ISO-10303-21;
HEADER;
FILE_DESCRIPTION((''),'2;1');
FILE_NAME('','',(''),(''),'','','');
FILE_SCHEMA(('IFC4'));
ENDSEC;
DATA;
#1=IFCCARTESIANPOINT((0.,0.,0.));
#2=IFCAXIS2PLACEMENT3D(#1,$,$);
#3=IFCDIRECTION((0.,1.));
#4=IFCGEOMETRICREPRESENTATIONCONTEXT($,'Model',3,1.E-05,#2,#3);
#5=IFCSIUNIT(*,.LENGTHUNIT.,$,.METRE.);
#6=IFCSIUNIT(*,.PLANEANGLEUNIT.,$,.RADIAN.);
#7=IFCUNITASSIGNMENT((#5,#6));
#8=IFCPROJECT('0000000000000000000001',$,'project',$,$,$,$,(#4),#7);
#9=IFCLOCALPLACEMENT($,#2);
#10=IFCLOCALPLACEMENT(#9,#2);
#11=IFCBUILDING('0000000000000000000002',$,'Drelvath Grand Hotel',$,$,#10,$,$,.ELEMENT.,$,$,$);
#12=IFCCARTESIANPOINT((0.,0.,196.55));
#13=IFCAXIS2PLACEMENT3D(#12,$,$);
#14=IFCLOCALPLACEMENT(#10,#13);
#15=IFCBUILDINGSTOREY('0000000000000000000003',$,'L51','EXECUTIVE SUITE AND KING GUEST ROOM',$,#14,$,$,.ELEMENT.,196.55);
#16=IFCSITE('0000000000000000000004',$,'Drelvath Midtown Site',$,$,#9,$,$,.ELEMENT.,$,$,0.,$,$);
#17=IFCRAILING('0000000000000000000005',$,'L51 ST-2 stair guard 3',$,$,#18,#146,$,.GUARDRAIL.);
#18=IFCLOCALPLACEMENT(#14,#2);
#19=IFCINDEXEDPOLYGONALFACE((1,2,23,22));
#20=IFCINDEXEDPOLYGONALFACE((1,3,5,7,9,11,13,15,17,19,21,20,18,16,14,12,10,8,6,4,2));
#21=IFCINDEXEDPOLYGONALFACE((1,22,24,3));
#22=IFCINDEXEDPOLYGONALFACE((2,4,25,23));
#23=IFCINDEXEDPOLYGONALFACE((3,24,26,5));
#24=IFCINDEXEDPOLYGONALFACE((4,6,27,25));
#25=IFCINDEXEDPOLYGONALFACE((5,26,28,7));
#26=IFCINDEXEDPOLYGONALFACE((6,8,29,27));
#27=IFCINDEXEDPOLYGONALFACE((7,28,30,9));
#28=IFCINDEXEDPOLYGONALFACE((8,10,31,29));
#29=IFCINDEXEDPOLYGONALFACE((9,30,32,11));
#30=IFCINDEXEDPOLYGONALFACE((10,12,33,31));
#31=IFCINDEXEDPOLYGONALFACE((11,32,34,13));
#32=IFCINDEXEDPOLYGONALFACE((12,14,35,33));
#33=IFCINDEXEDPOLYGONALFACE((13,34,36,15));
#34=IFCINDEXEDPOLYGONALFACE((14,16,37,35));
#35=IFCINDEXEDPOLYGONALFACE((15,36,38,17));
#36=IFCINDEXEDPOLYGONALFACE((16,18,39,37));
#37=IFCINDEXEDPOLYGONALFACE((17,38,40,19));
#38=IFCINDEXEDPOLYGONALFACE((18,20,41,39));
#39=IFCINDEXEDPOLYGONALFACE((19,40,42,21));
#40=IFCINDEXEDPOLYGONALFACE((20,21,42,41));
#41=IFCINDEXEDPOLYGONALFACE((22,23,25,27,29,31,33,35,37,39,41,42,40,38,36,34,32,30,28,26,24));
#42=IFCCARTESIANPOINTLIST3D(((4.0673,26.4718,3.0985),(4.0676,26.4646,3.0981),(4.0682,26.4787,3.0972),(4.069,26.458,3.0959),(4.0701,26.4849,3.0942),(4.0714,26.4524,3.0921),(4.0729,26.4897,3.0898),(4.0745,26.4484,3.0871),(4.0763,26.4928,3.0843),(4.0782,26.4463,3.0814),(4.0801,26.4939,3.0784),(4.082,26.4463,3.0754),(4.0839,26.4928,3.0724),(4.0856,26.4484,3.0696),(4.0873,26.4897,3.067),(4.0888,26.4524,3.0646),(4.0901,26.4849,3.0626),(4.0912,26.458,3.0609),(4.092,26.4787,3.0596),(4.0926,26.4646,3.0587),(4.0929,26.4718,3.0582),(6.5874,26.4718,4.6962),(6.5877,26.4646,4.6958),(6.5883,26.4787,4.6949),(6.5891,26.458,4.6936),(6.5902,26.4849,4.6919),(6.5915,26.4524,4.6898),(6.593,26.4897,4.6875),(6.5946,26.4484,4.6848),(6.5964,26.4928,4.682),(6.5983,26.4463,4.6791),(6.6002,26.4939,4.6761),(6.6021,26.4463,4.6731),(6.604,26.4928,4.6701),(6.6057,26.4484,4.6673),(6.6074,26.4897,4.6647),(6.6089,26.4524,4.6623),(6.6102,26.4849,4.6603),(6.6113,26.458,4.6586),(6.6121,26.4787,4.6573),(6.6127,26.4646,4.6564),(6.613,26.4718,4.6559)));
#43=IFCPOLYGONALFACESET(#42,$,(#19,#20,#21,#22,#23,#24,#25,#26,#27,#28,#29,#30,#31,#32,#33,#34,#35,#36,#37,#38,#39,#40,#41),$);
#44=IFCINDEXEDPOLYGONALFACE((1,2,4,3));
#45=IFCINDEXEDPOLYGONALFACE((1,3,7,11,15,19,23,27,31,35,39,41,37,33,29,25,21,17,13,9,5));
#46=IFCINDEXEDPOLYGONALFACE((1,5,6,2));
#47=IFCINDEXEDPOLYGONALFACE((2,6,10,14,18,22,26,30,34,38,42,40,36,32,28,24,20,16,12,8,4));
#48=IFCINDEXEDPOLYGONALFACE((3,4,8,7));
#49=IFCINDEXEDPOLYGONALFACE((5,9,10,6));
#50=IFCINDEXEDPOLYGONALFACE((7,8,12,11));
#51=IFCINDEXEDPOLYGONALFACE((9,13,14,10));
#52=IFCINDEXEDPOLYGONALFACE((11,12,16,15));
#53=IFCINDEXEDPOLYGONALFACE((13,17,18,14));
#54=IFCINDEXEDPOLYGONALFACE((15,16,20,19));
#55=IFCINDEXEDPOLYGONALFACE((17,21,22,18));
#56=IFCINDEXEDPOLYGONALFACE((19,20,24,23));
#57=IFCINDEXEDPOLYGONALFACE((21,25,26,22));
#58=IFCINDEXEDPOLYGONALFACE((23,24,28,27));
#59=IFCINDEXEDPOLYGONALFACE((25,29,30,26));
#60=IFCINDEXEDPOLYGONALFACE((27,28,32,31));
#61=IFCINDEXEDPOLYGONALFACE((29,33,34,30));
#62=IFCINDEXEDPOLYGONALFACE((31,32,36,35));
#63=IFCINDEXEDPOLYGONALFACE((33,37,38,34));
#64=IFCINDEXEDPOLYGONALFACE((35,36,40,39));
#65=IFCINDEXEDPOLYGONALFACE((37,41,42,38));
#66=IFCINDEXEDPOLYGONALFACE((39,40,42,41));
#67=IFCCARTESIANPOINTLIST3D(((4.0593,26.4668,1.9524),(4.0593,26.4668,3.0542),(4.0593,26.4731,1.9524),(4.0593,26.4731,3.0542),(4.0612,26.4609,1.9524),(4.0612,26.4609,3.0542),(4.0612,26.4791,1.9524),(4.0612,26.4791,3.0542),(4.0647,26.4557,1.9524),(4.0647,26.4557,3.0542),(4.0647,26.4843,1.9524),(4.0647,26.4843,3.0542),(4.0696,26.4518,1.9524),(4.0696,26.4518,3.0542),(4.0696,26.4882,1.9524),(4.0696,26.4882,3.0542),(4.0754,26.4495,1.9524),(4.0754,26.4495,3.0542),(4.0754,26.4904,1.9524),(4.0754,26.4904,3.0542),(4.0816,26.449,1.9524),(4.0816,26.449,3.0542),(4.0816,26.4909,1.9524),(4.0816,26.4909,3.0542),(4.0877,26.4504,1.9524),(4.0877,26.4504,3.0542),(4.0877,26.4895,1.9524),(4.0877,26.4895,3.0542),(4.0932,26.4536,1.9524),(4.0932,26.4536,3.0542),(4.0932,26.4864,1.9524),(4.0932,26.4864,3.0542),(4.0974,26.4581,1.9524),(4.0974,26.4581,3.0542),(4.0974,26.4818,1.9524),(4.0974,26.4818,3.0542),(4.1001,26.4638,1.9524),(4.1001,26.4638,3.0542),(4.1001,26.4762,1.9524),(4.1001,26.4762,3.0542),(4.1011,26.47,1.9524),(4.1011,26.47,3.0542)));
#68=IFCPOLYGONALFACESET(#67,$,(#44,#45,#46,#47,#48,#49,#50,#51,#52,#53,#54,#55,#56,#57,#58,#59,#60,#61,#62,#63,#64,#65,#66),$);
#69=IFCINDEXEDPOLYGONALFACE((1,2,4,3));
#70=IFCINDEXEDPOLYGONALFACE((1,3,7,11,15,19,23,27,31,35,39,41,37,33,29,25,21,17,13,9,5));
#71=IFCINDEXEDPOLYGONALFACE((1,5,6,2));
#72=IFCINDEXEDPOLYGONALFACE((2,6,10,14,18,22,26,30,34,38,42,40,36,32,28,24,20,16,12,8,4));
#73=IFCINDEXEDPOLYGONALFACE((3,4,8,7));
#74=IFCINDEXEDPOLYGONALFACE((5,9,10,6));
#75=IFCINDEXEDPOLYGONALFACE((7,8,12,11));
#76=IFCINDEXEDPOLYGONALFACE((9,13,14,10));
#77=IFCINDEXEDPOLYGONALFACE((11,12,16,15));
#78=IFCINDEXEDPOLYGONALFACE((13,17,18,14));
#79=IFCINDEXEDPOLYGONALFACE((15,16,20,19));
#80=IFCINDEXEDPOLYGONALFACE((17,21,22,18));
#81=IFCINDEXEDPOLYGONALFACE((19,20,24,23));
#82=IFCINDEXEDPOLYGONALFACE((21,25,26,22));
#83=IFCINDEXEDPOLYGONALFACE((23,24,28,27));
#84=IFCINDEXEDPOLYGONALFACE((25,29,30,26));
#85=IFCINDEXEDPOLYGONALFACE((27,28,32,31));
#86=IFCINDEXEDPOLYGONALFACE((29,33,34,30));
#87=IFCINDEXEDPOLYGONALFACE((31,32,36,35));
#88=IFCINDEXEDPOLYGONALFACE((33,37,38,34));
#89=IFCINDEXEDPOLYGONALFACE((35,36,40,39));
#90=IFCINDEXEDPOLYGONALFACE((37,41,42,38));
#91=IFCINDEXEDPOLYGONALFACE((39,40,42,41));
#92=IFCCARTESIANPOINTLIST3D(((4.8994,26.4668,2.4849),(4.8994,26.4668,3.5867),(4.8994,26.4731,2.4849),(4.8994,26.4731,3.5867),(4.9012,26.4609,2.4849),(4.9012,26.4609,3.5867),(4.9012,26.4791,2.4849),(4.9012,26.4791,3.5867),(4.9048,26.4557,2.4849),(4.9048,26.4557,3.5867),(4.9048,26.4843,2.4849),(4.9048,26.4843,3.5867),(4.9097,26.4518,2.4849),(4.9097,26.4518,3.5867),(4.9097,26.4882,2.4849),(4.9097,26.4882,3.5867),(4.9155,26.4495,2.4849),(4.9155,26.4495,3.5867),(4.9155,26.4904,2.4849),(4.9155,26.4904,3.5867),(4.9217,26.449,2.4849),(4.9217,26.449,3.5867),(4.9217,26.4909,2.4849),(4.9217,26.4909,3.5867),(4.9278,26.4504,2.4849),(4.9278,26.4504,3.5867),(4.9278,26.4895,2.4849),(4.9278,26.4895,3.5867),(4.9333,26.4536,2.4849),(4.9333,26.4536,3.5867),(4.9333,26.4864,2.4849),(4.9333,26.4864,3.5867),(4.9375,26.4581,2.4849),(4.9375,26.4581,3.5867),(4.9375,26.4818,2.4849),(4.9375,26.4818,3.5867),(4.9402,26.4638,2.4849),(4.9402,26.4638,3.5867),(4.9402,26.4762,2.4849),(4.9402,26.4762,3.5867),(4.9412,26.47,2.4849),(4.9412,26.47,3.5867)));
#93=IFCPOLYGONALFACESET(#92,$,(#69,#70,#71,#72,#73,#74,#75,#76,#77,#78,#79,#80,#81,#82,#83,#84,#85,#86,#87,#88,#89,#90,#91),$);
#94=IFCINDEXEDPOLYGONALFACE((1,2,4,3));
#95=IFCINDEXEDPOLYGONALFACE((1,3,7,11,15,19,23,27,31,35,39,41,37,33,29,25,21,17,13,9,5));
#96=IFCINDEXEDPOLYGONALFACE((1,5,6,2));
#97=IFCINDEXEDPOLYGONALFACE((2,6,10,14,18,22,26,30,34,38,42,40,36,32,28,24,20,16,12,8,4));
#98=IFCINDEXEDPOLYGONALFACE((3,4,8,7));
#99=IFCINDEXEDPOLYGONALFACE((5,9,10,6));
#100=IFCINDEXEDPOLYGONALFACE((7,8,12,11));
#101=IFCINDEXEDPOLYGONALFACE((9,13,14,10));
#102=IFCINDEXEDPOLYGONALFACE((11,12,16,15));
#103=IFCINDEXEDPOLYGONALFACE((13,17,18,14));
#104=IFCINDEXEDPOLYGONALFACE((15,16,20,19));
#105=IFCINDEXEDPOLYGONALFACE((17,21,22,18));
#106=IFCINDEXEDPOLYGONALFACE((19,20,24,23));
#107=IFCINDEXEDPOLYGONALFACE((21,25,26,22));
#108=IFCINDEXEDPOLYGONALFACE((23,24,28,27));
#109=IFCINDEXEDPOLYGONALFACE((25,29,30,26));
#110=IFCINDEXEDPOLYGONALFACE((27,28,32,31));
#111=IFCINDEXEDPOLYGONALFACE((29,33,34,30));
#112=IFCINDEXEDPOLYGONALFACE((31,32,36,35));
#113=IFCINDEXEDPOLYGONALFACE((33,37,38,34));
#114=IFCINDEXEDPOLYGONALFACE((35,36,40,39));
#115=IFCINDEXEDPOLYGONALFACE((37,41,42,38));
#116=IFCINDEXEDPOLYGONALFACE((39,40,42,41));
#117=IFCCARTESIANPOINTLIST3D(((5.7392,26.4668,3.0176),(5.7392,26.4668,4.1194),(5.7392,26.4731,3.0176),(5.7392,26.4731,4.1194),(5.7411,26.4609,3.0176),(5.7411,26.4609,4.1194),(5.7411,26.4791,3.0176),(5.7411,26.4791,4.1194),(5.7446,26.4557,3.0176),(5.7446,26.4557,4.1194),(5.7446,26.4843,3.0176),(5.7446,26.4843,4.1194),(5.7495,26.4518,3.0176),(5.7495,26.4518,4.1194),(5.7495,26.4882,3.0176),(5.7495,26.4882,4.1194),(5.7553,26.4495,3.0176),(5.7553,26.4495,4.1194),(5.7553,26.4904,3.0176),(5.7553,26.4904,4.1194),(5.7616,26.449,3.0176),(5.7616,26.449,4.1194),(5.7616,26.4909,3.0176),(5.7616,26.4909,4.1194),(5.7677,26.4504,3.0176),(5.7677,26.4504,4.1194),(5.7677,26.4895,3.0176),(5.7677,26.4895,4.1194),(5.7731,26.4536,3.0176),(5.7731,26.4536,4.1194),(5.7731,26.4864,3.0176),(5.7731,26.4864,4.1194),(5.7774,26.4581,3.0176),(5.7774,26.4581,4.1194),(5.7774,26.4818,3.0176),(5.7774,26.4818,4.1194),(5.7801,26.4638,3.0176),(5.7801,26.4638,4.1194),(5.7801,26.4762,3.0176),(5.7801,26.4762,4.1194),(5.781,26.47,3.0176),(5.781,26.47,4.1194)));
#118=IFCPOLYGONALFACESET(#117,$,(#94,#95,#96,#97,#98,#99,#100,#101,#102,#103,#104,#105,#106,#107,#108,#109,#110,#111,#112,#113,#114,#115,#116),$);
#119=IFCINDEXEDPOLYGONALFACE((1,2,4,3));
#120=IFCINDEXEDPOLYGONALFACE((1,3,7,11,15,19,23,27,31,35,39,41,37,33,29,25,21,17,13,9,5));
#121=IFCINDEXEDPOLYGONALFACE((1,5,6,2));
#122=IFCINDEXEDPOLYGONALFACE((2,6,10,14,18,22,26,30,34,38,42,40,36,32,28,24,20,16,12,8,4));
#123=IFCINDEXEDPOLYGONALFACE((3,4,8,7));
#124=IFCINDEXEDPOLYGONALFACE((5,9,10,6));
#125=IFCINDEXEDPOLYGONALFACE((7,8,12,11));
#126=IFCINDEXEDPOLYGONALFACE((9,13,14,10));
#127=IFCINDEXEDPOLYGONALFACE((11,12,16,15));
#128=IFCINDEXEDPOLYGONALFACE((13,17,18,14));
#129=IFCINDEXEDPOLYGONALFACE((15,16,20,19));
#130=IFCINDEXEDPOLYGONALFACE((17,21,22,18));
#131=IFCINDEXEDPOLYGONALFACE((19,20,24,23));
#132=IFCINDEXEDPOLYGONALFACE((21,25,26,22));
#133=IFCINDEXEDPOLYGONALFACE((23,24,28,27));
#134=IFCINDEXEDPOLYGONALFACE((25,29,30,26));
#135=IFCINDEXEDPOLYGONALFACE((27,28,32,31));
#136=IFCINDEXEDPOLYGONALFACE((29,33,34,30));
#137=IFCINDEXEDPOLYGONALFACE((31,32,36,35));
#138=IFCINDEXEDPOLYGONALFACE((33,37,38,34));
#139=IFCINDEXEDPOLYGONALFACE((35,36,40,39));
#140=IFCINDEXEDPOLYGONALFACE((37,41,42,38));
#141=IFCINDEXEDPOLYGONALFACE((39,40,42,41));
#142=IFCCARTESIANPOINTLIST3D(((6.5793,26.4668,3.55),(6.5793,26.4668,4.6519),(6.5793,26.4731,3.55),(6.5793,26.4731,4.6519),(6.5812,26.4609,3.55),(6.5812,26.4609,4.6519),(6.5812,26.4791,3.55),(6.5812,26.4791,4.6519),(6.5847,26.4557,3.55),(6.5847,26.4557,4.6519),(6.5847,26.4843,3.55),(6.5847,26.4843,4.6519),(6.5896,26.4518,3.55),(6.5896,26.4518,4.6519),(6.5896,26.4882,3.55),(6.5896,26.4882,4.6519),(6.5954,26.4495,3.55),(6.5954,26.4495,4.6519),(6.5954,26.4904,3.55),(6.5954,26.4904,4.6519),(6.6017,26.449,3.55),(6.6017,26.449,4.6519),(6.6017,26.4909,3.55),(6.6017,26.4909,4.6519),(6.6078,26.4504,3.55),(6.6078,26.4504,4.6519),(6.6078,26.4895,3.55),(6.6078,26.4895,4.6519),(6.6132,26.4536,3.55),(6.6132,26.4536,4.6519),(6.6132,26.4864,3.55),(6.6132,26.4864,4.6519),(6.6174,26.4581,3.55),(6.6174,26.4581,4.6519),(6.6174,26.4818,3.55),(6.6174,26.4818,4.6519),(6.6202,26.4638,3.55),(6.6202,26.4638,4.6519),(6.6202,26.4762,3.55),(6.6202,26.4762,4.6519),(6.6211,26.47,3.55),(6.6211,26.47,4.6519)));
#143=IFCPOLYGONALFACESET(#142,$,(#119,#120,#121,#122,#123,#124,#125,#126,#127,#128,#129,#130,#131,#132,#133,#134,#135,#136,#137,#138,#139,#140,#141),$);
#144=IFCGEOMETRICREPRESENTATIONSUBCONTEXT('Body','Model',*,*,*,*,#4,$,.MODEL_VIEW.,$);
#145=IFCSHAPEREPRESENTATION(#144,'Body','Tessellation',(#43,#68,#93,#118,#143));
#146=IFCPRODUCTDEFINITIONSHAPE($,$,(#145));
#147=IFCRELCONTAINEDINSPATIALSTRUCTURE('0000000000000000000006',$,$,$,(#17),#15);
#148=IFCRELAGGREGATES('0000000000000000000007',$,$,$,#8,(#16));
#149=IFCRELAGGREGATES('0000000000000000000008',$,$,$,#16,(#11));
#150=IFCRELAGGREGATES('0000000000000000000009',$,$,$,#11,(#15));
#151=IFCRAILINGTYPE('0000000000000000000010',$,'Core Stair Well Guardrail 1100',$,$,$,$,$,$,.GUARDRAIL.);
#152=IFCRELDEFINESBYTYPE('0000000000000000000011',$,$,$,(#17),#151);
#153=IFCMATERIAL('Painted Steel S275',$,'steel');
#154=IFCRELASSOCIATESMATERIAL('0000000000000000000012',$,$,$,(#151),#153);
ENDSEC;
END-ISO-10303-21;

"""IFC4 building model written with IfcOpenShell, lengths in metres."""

from ifc_helpers import new_model, si_unit, direction, frame, origin, origin_2d, place, context, subcontext, project, spatial, circle, extrude, material, type_object, element, save


model = new_model("IFC4")

# Units and contexts
model_context = context("Model", 3, precision=1e-05, world=origin(), true_north=direction((0.0, 1.0)))
body_context = subcontext(model_context, "Body", "Model", "MODEL_VIEW")
ifc_project = project(units=[si_unit("LENGTHUNIT", "METRE"), si_unit("PLANEANGLEUNIT", "RADIAN")], contexts=[model_context])

# Site, building, storey
site_placement = place(None, origin())
site = spatial("IfcSite", under=ifc_project, at=site_placement, Name="Drelvath Midtown Site", CompositionType="ELEMENT", RefElevation=0.0)
building_placement = place(site_placement, origin())
building = spatial("IfcBuilding", under=site, at=building_placement, Name="Drelvath Grand Hotel", CompositionType="ELEMENT")
storey_placement = place(building_placement, frame((0.0, 0.0, 196.55)))
storey = spatial("IfcBuildingStorey", under=building, at=storey_placement, Name="L51", Description="EXECUTIVE SUITE AND KING GUEST ROOM", CompositionType="ELEMENT", Elevation=196.55)

# Railing
ifc_material_1 = material(Name="Painted Steel S275", Category="steel")
railing_type_1 = type_object("IfcRailingType", Name="Core Stair Well Guardrail 1100", PredefinedType="GUARDRAIL", material=ifc_material_1)
railing_1_placement = place(storey_placement, frame((4.0801, 26.47, 1.9524)))
element("IfcRailing", 1, at=railing_1_placement, inside=storey, type_object=railing_type_1, Name="L51 ST-2 stair guard 3", PredefinedType="GUARDRAIL", context=body_context, shape_type="SweptSolid", body=[
    extrude(circle(Radius=0.0239, at=origin_2d()), frame((0.0, 0.0, 1.126), z_axis=(0.84457, 0.0, 0.535445), x_axis=(0.0, 1.0, 0.0)), (0.0, 0.0, 1.0), 2.9839),
    extrude(circle(Radius=0.021, at=origin_2d()), origin(), (0.0, 0.0, 1.0), 1.1018),
    extrude(circle(Radius=0.021, at=origin_2d()), frame((0.8401, 0.0, 0.5325)), (0.0, 0.0, 1.0), 1.1018),
    extrude(circle(Radius=0.021, at=origin_2d()), frame((1.6799, 0.0, 1.0652)), (0.0, 0.0, 1.0), 1.1018),
    extrude(circle(Radius=0.021, at=origin_2d()), frame((2.52, 0.0, 1.5977)), (0.0, 0.0, 1.0), 1.1018),
])

save(model, "model.ifc")
